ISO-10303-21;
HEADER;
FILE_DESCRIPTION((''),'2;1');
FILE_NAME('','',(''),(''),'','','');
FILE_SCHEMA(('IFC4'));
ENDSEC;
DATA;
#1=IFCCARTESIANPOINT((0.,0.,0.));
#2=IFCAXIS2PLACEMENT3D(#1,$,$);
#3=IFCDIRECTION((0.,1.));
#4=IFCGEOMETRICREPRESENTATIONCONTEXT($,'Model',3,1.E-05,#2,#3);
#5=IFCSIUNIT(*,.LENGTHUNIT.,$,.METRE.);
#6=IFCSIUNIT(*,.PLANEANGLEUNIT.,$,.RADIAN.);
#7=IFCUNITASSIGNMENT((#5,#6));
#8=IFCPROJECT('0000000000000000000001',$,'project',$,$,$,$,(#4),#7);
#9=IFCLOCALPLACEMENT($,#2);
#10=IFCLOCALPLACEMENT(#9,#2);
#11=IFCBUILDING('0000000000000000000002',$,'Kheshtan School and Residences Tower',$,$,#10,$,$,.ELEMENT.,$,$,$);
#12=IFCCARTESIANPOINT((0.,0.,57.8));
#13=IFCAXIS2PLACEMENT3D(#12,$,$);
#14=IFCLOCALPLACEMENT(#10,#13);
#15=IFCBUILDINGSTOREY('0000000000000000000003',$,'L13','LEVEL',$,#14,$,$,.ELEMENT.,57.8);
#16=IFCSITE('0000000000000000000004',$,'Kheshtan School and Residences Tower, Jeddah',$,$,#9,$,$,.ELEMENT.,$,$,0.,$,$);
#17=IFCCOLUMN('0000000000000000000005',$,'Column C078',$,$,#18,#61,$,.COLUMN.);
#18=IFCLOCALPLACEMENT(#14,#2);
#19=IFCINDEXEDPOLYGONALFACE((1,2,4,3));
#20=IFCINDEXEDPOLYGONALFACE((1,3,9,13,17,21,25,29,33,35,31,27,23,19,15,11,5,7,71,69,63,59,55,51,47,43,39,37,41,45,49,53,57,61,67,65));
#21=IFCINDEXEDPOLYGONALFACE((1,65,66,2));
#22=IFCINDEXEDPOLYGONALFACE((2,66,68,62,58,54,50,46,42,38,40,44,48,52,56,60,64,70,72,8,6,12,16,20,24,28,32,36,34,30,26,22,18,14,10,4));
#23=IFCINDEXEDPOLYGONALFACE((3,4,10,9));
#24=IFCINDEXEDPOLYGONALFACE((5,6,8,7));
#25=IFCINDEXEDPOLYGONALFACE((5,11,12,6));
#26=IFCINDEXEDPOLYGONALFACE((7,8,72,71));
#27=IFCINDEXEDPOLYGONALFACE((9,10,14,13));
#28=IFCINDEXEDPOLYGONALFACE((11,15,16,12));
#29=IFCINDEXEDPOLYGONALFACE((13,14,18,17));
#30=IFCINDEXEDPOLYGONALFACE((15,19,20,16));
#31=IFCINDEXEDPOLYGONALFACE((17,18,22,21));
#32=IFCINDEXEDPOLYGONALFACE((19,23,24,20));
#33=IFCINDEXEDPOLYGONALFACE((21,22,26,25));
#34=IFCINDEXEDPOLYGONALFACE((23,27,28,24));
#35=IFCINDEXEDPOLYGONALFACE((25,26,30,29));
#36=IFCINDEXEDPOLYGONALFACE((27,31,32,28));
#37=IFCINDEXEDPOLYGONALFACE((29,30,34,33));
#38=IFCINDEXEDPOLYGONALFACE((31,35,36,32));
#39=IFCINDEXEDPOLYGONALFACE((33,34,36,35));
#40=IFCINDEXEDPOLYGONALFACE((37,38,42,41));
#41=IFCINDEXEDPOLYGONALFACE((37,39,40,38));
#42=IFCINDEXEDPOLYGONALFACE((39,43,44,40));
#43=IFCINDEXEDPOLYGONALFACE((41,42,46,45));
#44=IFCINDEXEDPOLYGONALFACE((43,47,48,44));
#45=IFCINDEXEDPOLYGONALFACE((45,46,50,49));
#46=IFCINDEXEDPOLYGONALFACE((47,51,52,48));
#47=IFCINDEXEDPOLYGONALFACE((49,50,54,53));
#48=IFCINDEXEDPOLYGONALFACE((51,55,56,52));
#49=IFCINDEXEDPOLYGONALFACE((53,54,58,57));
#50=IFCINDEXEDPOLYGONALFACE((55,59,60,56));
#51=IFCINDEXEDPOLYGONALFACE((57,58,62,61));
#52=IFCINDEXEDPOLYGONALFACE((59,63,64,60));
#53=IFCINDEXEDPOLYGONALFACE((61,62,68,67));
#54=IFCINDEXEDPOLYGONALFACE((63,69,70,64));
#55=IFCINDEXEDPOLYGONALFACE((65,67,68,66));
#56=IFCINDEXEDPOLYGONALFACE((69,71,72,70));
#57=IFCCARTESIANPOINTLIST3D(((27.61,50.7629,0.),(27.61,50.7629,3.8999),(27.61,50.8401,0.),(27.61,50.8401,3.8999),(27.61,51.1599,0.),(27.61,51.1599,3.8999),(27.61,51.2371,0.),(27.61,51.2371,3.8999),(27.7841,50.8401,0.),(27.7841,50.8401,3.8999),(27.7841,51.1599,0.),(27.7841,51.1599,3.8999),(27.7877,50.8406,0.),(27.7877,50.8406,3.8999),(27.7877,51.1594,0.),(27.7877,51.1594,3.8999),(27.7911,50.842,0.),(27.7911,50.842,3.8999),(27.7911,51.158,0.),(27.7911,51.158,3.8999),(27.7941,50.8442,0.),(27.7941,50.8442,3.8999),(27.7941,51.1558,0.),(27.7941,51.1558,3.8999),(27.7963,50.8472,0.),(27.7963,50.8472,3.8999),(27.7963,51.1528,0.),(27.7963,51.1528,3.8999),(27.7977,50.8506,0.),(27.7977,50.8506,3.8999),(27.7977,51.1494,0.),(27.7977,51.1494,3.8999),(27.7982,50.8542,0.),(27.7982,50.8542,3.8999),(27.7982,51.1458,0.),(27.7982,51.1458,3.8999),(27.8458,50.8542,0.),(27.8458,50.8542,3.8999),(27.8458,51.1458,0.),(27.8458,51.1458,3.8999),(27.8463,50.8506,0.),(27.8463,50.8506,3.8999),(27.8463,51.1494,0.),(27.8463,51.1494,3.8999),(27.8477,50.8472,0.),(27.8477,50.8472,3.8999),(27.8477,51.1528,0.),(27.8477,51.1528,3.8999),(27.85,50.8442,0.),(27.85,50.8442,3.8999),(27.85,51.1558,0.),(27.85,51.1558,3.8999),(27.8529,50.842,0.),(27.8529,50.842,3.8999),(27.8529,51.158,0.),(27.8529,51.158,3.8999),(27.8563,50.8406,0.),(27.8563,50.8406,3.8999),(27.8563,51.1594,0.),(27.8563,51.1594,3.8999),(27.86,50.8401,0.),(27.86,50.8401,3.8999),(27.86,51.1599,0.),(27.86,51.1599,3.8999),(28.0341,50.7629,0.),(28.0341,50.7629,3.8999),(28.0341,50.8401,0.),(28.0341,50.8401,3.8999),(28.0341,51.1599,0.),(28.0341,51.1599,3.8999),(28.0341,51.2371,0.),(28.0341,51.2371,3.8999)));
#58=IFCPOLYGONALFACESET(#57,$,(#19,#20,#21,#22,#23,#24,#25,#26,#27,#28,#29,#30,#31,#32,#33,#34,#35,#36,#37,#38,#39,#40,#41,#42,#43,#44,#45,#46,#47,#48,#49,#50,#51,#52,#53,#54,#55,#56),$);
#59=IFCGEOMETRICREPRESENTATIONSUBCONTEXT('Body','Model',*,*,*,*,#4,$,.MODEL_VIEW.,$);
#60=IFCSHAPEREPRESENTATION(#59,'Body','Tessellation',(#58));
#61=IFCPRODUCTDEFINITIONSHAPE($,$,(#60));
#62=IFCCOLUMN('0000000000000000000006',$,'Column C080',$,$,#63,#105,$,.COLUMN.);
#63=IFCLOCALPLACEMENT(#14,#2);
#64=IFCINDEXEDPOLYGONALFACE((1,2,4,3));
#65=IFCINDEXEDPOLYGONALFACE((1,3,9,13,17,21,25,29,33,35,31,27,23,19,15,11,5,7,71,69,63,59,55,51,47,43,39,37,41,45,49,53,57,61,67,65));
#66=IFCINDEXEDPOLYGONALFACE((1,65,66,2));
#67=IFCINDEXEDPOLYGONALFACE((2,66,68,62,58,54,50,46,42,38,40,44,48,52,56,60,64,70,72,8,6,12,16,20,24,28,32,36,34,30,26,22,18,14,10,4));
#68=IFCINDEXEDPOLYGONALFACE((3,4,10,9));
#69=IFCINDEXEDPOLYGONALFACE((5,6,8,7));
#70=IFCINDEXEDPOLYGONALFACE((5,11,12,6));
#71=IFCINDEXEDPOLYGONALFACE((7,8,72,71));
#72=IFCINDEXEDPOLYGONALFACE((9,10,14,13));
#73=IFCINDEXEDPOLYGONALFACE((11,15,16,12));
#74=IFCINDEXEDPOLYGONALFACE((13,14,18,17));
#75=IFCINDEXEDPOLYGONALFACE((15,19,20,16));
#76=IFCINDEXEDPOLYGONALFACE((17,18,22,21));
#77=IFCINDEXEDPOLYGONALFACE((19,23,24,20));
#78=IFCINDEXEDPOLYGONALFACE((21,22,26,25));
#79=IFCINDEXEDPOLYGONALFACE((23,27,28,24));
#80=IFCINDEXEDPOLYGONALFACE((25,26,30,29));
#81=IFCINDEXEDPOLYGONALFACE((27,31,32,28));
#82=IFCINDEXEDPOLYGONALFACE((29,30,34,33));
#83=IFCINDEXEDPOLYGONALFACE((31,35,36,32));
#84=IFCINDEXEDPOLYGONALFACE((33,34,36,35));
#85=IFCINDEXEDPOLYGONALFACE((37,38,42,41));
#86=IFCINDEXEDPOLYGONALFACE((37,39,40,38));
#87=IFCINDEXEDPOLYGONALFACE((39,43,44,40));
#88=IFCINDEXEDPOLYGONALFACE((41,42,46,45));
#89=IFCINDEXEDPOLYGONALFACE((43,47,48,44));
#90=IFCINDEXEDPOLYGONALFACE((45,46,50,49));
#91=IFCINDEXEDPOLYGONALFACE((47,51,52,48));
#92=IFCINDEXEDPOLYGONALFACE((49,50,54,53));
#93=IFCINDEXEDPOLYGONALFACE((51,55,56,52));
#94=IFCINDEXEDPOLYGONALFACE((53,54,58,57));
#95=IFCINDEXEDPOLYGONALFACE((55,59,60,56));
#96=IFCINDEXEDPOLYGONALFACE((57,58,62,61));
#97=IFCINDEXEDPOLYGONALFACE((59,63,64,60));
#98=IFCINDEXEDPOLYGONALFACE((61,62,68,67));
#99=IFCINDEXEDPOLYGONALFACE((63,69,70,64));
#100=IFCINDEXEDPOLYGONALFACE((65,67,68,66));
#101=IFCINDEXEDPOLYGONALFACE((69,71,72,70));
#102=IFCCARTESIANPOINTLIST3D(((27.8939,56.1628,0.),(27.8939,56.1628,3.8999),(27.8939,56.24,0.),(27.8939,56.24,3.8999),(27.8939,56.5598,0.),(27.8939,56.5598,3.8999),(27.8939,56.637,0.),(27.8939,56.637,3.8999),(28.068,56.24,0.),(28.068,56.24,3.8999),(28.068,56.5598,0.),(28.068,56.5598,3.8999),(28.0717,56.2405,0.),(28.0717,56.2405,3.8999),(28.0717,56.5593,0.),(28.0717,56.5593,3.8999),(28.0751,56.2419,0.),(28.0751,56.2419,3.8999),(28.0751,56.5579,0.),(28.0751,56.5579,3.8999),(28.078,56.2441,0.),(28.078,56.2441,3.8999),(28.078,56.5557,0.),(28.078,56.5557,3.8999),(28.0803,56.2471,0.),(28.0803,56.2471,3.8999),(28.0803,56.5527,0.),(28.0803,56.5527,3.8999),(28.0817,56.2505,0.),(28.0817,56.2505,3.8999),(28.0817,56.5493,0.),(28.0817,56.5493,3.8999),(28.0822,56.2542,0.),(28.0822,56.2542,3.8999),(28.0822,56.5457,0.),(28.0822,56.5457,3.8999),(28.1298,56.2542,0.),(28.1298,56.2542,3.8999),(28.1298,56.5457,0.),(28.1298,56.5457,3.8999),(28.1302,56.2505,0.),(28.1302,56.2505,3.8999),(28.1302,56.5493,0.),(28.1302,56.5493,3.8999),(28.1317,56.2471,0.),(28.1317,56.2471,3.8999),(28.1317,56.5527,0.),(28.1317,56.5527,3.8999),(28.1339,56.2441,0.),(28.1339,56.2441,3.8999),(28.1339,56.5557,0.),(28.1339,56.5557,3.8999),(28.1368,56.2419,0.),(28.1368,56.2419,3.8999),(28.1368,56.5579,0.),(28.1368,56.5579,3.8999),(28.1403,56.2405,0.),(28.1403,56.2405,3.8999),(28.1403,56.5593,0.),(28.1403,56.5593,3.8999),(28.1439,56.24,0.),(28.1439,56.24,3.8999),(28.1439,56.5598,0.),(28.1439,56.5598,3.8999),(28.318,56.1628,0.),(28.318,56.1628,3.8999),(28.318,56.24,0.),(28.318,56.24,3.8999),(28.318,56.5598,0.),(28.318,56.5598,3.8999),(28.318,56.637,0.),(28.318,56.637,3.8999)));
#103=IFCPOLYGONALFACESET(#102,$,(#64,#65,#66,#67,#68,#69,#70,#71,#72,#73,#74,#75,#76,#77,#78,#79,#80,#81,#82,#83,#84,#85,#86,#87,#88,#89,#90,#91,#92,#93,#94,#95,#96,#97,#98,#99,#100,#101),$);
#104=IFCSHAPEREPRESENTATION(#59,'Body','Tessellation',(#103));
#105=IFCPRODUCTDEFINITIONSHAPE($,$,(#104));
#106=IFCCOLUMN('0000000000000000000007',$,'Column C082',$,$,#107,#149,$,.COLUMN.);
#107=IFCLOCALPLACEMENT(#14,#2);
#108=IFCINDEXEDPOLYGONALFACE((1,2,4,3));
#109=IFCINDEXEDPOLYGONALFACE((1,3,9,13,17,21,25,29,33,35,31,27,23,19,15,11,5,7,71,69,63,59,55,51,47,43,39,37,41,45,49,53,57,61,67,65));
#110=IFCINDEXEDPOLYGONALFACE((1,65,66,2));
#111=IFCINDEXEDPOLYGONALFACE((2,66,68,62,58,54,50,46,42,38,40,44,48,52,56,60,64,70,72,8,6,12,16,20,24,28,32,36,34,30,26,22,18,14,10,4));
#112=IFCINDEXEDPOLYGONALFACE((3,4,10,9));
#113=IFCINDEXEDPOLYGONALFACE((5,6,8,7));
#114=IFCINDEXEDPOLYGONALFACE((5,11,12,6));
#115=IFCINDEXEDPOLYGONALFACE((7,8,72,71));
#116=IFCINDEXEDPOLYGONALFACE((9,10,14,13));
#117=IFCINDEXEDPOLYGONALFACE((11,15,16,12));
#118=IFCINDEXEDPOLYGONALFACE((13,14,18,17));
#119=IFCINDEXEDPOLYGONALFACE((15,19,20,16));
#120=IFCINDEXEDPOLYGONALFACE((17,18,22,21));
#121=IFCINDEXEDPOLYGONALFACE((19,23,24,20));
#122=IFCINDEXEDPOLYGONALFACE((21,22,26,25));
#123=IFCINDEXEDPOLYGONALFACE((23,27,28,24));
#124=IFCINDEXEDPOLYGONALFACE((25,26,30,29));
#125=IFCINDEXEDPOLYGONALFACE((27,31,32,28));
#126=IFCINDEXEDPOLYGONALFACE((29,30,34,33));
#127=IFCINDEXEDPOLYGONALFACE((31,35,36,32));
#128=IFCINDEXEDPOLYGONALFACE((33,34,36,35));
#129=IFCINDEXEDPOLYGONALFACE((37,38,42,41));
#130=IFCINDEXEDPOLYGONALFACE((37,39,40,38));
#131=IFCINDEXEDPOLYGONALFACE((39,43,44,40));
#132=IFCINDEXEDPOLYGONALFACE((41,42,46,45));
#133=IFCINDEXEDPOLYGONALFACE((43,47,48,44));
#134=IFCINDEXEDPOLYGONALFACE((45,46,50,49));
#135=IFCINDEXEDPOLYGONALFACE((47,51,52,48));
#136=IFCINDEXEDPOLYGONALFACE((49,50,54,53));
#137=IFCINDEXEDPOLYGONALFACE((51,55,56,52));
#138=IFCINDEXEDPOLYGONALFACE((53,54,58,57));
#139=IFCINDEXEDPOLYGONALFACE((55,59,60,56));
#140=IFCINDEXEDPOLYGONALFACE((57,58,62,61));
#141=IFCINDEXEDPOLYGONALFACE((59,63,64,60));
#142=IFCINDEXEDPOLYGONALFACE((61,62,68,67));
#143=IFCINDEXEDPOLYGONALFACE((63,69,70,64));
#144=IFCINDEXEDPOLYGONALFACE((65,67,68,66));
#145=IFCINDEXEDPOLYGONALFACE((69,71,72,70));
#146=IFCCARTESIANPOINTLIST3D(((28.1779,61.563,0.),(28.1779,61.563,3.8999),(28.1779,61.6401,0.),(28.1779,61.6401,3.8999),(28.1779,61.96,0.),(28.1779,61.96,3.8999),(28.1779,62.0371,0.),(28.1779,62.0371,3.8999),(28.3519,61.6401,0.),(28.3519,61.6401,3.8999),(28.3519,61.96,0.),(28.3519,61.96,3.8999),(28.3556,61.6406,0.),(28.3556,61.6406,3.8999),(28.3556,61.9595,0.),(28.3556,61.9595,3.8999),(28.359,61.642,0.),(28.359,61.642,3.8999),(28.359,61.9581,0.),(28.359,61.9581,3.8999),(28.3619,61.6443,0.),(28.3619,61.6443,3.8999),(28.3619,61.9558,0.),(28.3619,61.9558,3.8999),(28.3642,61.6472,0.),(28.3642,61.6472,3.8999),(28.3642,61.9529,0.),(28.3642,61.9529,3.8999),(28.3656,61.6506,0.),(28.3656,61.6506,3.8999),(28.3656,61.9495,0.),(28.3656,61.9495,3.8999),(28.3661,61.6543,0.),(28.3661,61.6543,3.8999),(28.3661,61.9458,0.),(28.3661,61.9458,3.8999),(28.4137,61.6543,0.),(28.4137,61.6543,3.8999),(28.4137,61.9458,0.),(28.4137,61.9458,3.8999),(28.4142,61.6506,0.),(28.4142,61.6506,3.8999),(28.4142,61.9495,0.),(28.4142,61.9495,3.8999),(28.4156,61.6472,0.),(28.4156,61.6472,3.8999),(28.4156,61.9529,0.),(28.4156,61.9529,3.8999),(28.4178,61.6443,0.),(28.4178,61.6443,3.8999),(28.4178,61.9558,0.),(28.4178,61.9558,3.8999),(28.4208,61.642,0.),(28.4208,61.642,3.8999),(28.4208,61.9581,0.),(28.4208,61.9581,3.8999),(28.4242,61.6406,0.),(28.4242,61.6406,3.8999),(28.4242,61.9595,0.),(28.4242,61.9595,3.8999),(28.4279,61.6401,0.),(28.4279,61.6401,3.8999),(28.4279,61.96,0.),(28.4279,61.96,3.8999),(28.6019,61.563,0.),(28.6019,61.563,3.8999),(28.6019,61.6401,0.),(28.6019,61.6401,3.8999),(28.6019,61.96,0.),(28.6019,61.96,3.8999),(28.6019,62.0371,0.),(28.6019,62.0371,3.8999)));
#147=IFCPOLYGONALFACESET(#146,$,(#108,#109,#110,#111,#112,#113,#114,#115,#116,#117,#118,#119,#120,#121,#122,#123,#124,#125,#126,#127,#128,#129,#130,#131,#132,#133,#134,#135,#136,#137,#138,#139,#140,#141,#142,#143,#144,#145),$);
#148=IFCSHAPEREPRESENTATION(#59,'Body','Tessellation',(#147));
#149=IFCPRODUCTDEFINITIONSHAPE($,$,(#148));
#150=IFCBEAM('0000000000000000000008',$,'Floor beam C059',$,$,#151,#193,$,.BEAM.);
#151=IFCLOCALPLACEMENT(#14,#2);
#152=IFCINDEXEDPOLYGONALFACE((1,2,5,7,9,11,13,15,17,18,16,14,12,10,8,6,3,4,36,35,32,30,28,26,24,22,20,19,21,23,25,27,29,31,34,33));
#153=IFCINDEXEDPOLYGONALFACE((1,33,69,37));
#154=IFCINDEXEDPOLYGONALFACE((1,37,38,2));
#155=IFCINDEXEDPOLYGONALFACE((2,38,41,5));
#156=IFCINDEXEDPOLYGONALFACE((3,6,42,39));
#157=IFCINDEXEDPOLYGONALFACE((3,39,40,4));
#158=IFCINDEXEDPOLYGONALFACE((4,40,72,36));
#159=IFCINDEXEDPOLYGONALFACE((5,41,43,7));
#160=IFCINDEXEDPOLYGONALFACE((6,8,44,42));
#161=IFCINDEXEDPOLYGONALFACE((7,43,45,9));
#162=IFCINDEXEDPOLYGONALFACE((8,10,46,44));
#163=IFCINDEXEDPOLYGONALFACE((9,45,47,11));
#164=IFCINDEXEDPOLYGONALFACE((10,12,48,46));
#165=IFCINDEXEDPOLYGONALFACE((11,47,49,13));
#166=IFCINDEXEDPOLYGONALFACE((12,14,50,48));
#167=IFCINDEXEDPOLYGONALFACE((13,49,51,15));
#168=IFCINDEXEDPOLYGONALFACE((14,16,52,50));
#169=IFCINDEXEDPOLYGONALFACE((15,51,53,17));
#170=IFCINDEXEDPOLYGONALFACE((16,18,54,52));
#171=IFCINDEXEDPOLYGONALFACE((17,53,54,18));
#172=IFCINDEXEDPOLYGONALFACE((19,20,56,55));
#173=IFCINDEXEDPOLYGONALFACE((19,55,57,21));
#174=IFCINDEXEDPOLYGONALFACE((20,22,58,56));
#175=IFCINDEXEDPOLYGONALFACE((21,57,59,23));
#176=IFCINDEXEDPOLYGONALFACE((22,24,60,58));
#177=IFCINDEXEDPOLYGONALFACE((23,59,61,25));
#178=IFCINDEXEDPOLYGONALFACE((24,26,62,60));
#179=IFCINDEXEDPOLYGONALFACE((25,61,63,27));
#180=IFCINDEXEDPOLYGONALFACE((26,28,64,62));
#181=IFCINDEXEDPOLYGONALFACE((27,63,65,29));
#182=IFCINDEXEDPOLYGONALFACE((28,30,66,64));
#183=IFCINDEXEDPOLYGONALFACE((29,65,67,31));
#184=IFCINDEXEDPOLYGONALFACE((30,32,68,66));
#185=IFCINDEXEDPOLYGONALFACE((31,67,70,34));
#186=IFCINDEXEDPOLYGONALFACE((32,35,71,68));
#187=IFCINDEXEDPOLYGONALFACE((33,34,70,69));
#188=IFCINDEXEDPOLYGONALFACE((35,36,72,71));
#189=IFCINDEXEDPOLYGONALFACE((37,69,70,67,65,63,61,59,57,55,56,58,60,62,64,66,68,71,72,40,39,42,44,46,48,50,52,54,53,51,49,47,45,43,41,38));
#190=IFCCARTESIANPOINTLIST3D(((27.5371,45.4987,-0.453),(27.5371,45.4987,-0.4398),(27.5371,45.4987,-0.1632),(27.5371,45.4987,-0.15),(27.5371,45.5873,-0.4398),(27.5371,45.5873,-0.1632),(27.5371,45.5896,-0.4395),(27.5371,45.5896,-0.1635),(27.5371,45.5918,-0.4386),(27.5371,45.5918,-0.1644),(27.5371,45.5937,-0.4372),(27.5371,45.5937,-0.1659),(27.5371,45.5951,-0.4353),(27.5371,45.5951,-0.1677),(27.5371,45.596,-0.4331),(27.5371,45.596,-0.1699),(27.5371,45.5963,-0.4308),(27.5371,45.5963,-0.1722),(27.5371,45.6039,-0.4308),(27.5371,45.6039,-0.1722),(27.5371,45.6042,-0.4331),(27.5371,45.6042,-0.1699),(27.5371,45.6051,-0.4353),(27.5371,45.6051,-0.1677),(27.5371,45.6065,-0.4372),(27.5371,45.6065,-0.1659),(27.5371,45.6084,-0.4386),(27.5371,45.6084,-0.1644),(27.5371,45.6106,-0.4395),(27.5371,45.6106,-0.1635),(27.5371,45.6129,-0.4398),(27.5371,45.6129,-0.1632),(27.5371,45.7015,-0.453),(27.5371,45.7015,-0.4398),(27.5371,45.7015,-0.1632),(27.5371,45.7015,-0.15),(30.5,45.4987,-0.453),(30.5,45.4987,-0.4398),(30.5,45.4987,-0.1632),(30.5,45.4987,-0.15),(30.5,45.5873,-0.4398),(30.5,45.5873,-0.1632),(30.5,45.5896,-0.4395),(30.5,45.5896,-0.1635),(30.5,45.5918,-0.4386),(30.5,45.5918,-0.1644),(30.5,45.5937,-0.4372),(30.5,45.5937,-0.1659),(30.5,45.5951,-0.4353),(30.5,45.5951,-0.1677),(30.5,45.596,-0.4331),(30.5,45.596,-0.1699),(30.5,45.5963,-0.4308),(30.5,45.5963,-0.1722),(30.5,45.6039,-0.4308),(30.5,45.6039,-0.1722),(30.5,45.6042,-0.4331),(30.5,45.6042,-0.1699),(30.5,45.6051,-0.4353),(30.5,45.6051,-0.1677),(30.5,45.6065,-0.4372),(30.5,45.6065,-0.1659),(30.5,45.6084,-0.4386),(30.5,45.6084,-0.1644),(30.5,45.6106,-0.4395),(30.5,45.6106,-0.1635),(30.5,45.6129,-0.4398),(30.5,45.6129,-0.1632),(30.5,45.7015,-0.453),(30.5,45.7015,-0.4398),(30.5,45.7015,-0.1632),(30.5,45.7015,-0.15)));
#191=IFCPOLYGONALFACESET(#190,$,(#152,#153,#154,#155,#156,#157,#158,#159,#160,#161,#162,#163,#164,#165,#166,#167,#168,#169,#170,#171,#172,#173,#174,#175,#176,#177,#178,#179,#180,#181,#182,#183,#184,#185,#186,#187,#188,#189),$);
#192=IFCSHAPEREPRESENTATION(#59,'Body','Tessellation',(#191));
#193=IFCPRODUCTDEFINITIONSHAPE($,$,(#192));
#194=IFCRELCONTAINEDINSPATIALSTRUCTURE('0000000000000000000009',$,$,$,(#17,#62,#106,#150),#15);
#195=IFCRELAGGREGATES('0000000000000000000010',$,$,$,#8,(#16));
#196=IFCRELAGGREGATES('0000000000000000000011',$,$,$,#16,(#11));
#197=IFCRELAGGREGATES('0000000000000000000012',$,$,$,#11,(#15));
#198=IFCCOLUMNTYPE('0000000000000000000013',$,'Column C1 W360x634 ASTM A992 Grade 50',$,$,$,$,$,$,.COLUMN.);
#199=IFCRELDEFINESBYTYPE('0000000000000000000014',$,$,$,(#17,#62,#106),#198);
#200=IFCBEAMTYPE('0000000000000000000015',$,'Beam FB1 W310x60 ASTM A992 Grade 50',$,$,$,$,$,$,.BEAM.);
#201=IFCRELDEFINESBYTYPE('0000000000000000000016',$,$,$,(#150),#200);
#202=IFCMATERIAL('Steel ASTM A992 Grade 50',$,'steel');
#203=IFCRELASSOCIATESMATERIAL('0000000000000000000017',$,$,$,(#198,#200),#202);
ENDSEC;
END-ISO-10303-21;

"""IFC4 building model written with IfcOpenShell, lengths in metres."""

from ifc_helpers import new_model, si_unit, direction, frame, origin, origin_2d, place, context, subcontext, project, spatial, i_section, extrude, material, material_profile, profile_set, type_object, element, save


model = new_model("IFC4")

# Units and contexts
model_context = context("Model", 3, precision=1e-05, world=origin(), true_north=direction((0.0, 1.0)))
body_context = subcontext(model_context, "Body", "Model", "MODEL_VIEW")
ifc_project = project(units=[si_unit("LENGTHUNIT", "METRE"), si_unit("PLANEANGLEUNIT", "RADIAN")], contexts=[model_context])

# Site, building, storey
site_placement = place(None, origin())
site = spatial("IfcSite", under=ifc_project, at=site_placement, Name="Kheshtan School and Residences Tower, Jeddah", CompositionType="ELEMENT", RefElevation=0.0)
building_placement = place(site_placement, origin())
building = spatial("IfcBuilding", under=site, at=building_placement, Name="Kheshtan School and Residences Tower", CompositionType="ELEMENT")
storey_placement = place(building_placement, frame((0.0, 0.0, 57.8)))
storey = spatial("IfcBuildingStorey", under=building, at=storey_placement, Name="L13", Description="LEVEL", CompositionType="ELEMENT", Elevation=57.8)

# Columns
ifc_material_1 = material(Name="Steel ASTM A992 Grade 50", Category="steel")
ifc_material_profile_1 = material_profile(ifc_material_1, i_section(OverallWidth=0.4241, OverallDepth=0.4741, WebThickness=0.0476, FlangeThickness=0.0771, FilletRadius=0.0142, at=origin_2d()), Name="W360x634")
ifc_profile_set_1 = profile_set([ifc_material_profile_1], Name="Steel ASTM A992 Grade 50")
column_type = type_object("IfcColumnType", Name="Column C1 W360x634 ASTM A992 Grade 50", PredefinedType="COLUMN", material=ifc_profile_set_1)
for number, where, z_axis, x_axis, name in (
    (1, (27.822, 51.0, 0.0), (0.0, 0.0, 1.0), (1.0, 0.0, 0.0), "Column C078"),
    (2, (28.106, 56.3999, 0.0), (0.0, 0.0, 1.0), (1.0, 0.0, 0.0), "Column C080"),
    (3, (28.3899, 61.8, 0.0), (0.0, 0.0, 1.0), (1.0, 0.0, 0.0), "Column C082"),
):
    element("IfcColumn", number, at=place(storey_placement, frame(where, z_axis=z_axis, x_axis=x_axis)), inside=storey, type_object=column_type, Name=name, PredefinedType="COLUMN", context=body_context, shape_type="SweptSolid", body=[
        extrude(i_section(OverallWidth=0.4241, OverallDepth=0.4741, WebThickness=0.0476, FlangeThickness=0.0771, FilletRadius=0.0142, at=origin_2d()), origin(), (0.0, 0.0, 1.0), 3.8999),
    ])

# Beam
ifc_material_profile_2 = material_profile(ifc_material_1, i_section(OverallWidth=0.2029, OverallDepth=0.303, WebThickness=0.0076, FlangeThickness=0.0132, FilletRadius=0.009, at=origin_2d()), Name="W310x60")
ifc_profile_set_2 = profile_set([ifc_material_profile_2], Name="Steel ASTM A992 Grade 50")
beam_type_1 = type_object("IfcBeamType", Name="Beam FB1 W310x60 ASTM A992 Grade 50", PredefinedType="BEAM", material=ifc_profile_set_2)
beam_1_placement = place(storey_placement, frame((27.5371, 45.6001, -0.3015), z_axis=(1.0, 0.0, 0.0), x_axis=(0.0, 1.0, 0.0)))
element("IfcBeam", 4, at=beam_1_placement, inside=storey, type_object=beam_type_1, Name="Floor beam C059", PredefinedType="BEAM", context=body_context, shape_type="SweptSolid", body=[
    extrude(i_section(OverallWidth=0.2029, OverallDepth=0.303, WebThickness=0.0076, FlangeThickness=0.0132, FilletRadius=0.009, at=origin_2d()), origin(), (0.0, 0.0, 1.0), 2.9629),
])

save(model, "model.ifc")
